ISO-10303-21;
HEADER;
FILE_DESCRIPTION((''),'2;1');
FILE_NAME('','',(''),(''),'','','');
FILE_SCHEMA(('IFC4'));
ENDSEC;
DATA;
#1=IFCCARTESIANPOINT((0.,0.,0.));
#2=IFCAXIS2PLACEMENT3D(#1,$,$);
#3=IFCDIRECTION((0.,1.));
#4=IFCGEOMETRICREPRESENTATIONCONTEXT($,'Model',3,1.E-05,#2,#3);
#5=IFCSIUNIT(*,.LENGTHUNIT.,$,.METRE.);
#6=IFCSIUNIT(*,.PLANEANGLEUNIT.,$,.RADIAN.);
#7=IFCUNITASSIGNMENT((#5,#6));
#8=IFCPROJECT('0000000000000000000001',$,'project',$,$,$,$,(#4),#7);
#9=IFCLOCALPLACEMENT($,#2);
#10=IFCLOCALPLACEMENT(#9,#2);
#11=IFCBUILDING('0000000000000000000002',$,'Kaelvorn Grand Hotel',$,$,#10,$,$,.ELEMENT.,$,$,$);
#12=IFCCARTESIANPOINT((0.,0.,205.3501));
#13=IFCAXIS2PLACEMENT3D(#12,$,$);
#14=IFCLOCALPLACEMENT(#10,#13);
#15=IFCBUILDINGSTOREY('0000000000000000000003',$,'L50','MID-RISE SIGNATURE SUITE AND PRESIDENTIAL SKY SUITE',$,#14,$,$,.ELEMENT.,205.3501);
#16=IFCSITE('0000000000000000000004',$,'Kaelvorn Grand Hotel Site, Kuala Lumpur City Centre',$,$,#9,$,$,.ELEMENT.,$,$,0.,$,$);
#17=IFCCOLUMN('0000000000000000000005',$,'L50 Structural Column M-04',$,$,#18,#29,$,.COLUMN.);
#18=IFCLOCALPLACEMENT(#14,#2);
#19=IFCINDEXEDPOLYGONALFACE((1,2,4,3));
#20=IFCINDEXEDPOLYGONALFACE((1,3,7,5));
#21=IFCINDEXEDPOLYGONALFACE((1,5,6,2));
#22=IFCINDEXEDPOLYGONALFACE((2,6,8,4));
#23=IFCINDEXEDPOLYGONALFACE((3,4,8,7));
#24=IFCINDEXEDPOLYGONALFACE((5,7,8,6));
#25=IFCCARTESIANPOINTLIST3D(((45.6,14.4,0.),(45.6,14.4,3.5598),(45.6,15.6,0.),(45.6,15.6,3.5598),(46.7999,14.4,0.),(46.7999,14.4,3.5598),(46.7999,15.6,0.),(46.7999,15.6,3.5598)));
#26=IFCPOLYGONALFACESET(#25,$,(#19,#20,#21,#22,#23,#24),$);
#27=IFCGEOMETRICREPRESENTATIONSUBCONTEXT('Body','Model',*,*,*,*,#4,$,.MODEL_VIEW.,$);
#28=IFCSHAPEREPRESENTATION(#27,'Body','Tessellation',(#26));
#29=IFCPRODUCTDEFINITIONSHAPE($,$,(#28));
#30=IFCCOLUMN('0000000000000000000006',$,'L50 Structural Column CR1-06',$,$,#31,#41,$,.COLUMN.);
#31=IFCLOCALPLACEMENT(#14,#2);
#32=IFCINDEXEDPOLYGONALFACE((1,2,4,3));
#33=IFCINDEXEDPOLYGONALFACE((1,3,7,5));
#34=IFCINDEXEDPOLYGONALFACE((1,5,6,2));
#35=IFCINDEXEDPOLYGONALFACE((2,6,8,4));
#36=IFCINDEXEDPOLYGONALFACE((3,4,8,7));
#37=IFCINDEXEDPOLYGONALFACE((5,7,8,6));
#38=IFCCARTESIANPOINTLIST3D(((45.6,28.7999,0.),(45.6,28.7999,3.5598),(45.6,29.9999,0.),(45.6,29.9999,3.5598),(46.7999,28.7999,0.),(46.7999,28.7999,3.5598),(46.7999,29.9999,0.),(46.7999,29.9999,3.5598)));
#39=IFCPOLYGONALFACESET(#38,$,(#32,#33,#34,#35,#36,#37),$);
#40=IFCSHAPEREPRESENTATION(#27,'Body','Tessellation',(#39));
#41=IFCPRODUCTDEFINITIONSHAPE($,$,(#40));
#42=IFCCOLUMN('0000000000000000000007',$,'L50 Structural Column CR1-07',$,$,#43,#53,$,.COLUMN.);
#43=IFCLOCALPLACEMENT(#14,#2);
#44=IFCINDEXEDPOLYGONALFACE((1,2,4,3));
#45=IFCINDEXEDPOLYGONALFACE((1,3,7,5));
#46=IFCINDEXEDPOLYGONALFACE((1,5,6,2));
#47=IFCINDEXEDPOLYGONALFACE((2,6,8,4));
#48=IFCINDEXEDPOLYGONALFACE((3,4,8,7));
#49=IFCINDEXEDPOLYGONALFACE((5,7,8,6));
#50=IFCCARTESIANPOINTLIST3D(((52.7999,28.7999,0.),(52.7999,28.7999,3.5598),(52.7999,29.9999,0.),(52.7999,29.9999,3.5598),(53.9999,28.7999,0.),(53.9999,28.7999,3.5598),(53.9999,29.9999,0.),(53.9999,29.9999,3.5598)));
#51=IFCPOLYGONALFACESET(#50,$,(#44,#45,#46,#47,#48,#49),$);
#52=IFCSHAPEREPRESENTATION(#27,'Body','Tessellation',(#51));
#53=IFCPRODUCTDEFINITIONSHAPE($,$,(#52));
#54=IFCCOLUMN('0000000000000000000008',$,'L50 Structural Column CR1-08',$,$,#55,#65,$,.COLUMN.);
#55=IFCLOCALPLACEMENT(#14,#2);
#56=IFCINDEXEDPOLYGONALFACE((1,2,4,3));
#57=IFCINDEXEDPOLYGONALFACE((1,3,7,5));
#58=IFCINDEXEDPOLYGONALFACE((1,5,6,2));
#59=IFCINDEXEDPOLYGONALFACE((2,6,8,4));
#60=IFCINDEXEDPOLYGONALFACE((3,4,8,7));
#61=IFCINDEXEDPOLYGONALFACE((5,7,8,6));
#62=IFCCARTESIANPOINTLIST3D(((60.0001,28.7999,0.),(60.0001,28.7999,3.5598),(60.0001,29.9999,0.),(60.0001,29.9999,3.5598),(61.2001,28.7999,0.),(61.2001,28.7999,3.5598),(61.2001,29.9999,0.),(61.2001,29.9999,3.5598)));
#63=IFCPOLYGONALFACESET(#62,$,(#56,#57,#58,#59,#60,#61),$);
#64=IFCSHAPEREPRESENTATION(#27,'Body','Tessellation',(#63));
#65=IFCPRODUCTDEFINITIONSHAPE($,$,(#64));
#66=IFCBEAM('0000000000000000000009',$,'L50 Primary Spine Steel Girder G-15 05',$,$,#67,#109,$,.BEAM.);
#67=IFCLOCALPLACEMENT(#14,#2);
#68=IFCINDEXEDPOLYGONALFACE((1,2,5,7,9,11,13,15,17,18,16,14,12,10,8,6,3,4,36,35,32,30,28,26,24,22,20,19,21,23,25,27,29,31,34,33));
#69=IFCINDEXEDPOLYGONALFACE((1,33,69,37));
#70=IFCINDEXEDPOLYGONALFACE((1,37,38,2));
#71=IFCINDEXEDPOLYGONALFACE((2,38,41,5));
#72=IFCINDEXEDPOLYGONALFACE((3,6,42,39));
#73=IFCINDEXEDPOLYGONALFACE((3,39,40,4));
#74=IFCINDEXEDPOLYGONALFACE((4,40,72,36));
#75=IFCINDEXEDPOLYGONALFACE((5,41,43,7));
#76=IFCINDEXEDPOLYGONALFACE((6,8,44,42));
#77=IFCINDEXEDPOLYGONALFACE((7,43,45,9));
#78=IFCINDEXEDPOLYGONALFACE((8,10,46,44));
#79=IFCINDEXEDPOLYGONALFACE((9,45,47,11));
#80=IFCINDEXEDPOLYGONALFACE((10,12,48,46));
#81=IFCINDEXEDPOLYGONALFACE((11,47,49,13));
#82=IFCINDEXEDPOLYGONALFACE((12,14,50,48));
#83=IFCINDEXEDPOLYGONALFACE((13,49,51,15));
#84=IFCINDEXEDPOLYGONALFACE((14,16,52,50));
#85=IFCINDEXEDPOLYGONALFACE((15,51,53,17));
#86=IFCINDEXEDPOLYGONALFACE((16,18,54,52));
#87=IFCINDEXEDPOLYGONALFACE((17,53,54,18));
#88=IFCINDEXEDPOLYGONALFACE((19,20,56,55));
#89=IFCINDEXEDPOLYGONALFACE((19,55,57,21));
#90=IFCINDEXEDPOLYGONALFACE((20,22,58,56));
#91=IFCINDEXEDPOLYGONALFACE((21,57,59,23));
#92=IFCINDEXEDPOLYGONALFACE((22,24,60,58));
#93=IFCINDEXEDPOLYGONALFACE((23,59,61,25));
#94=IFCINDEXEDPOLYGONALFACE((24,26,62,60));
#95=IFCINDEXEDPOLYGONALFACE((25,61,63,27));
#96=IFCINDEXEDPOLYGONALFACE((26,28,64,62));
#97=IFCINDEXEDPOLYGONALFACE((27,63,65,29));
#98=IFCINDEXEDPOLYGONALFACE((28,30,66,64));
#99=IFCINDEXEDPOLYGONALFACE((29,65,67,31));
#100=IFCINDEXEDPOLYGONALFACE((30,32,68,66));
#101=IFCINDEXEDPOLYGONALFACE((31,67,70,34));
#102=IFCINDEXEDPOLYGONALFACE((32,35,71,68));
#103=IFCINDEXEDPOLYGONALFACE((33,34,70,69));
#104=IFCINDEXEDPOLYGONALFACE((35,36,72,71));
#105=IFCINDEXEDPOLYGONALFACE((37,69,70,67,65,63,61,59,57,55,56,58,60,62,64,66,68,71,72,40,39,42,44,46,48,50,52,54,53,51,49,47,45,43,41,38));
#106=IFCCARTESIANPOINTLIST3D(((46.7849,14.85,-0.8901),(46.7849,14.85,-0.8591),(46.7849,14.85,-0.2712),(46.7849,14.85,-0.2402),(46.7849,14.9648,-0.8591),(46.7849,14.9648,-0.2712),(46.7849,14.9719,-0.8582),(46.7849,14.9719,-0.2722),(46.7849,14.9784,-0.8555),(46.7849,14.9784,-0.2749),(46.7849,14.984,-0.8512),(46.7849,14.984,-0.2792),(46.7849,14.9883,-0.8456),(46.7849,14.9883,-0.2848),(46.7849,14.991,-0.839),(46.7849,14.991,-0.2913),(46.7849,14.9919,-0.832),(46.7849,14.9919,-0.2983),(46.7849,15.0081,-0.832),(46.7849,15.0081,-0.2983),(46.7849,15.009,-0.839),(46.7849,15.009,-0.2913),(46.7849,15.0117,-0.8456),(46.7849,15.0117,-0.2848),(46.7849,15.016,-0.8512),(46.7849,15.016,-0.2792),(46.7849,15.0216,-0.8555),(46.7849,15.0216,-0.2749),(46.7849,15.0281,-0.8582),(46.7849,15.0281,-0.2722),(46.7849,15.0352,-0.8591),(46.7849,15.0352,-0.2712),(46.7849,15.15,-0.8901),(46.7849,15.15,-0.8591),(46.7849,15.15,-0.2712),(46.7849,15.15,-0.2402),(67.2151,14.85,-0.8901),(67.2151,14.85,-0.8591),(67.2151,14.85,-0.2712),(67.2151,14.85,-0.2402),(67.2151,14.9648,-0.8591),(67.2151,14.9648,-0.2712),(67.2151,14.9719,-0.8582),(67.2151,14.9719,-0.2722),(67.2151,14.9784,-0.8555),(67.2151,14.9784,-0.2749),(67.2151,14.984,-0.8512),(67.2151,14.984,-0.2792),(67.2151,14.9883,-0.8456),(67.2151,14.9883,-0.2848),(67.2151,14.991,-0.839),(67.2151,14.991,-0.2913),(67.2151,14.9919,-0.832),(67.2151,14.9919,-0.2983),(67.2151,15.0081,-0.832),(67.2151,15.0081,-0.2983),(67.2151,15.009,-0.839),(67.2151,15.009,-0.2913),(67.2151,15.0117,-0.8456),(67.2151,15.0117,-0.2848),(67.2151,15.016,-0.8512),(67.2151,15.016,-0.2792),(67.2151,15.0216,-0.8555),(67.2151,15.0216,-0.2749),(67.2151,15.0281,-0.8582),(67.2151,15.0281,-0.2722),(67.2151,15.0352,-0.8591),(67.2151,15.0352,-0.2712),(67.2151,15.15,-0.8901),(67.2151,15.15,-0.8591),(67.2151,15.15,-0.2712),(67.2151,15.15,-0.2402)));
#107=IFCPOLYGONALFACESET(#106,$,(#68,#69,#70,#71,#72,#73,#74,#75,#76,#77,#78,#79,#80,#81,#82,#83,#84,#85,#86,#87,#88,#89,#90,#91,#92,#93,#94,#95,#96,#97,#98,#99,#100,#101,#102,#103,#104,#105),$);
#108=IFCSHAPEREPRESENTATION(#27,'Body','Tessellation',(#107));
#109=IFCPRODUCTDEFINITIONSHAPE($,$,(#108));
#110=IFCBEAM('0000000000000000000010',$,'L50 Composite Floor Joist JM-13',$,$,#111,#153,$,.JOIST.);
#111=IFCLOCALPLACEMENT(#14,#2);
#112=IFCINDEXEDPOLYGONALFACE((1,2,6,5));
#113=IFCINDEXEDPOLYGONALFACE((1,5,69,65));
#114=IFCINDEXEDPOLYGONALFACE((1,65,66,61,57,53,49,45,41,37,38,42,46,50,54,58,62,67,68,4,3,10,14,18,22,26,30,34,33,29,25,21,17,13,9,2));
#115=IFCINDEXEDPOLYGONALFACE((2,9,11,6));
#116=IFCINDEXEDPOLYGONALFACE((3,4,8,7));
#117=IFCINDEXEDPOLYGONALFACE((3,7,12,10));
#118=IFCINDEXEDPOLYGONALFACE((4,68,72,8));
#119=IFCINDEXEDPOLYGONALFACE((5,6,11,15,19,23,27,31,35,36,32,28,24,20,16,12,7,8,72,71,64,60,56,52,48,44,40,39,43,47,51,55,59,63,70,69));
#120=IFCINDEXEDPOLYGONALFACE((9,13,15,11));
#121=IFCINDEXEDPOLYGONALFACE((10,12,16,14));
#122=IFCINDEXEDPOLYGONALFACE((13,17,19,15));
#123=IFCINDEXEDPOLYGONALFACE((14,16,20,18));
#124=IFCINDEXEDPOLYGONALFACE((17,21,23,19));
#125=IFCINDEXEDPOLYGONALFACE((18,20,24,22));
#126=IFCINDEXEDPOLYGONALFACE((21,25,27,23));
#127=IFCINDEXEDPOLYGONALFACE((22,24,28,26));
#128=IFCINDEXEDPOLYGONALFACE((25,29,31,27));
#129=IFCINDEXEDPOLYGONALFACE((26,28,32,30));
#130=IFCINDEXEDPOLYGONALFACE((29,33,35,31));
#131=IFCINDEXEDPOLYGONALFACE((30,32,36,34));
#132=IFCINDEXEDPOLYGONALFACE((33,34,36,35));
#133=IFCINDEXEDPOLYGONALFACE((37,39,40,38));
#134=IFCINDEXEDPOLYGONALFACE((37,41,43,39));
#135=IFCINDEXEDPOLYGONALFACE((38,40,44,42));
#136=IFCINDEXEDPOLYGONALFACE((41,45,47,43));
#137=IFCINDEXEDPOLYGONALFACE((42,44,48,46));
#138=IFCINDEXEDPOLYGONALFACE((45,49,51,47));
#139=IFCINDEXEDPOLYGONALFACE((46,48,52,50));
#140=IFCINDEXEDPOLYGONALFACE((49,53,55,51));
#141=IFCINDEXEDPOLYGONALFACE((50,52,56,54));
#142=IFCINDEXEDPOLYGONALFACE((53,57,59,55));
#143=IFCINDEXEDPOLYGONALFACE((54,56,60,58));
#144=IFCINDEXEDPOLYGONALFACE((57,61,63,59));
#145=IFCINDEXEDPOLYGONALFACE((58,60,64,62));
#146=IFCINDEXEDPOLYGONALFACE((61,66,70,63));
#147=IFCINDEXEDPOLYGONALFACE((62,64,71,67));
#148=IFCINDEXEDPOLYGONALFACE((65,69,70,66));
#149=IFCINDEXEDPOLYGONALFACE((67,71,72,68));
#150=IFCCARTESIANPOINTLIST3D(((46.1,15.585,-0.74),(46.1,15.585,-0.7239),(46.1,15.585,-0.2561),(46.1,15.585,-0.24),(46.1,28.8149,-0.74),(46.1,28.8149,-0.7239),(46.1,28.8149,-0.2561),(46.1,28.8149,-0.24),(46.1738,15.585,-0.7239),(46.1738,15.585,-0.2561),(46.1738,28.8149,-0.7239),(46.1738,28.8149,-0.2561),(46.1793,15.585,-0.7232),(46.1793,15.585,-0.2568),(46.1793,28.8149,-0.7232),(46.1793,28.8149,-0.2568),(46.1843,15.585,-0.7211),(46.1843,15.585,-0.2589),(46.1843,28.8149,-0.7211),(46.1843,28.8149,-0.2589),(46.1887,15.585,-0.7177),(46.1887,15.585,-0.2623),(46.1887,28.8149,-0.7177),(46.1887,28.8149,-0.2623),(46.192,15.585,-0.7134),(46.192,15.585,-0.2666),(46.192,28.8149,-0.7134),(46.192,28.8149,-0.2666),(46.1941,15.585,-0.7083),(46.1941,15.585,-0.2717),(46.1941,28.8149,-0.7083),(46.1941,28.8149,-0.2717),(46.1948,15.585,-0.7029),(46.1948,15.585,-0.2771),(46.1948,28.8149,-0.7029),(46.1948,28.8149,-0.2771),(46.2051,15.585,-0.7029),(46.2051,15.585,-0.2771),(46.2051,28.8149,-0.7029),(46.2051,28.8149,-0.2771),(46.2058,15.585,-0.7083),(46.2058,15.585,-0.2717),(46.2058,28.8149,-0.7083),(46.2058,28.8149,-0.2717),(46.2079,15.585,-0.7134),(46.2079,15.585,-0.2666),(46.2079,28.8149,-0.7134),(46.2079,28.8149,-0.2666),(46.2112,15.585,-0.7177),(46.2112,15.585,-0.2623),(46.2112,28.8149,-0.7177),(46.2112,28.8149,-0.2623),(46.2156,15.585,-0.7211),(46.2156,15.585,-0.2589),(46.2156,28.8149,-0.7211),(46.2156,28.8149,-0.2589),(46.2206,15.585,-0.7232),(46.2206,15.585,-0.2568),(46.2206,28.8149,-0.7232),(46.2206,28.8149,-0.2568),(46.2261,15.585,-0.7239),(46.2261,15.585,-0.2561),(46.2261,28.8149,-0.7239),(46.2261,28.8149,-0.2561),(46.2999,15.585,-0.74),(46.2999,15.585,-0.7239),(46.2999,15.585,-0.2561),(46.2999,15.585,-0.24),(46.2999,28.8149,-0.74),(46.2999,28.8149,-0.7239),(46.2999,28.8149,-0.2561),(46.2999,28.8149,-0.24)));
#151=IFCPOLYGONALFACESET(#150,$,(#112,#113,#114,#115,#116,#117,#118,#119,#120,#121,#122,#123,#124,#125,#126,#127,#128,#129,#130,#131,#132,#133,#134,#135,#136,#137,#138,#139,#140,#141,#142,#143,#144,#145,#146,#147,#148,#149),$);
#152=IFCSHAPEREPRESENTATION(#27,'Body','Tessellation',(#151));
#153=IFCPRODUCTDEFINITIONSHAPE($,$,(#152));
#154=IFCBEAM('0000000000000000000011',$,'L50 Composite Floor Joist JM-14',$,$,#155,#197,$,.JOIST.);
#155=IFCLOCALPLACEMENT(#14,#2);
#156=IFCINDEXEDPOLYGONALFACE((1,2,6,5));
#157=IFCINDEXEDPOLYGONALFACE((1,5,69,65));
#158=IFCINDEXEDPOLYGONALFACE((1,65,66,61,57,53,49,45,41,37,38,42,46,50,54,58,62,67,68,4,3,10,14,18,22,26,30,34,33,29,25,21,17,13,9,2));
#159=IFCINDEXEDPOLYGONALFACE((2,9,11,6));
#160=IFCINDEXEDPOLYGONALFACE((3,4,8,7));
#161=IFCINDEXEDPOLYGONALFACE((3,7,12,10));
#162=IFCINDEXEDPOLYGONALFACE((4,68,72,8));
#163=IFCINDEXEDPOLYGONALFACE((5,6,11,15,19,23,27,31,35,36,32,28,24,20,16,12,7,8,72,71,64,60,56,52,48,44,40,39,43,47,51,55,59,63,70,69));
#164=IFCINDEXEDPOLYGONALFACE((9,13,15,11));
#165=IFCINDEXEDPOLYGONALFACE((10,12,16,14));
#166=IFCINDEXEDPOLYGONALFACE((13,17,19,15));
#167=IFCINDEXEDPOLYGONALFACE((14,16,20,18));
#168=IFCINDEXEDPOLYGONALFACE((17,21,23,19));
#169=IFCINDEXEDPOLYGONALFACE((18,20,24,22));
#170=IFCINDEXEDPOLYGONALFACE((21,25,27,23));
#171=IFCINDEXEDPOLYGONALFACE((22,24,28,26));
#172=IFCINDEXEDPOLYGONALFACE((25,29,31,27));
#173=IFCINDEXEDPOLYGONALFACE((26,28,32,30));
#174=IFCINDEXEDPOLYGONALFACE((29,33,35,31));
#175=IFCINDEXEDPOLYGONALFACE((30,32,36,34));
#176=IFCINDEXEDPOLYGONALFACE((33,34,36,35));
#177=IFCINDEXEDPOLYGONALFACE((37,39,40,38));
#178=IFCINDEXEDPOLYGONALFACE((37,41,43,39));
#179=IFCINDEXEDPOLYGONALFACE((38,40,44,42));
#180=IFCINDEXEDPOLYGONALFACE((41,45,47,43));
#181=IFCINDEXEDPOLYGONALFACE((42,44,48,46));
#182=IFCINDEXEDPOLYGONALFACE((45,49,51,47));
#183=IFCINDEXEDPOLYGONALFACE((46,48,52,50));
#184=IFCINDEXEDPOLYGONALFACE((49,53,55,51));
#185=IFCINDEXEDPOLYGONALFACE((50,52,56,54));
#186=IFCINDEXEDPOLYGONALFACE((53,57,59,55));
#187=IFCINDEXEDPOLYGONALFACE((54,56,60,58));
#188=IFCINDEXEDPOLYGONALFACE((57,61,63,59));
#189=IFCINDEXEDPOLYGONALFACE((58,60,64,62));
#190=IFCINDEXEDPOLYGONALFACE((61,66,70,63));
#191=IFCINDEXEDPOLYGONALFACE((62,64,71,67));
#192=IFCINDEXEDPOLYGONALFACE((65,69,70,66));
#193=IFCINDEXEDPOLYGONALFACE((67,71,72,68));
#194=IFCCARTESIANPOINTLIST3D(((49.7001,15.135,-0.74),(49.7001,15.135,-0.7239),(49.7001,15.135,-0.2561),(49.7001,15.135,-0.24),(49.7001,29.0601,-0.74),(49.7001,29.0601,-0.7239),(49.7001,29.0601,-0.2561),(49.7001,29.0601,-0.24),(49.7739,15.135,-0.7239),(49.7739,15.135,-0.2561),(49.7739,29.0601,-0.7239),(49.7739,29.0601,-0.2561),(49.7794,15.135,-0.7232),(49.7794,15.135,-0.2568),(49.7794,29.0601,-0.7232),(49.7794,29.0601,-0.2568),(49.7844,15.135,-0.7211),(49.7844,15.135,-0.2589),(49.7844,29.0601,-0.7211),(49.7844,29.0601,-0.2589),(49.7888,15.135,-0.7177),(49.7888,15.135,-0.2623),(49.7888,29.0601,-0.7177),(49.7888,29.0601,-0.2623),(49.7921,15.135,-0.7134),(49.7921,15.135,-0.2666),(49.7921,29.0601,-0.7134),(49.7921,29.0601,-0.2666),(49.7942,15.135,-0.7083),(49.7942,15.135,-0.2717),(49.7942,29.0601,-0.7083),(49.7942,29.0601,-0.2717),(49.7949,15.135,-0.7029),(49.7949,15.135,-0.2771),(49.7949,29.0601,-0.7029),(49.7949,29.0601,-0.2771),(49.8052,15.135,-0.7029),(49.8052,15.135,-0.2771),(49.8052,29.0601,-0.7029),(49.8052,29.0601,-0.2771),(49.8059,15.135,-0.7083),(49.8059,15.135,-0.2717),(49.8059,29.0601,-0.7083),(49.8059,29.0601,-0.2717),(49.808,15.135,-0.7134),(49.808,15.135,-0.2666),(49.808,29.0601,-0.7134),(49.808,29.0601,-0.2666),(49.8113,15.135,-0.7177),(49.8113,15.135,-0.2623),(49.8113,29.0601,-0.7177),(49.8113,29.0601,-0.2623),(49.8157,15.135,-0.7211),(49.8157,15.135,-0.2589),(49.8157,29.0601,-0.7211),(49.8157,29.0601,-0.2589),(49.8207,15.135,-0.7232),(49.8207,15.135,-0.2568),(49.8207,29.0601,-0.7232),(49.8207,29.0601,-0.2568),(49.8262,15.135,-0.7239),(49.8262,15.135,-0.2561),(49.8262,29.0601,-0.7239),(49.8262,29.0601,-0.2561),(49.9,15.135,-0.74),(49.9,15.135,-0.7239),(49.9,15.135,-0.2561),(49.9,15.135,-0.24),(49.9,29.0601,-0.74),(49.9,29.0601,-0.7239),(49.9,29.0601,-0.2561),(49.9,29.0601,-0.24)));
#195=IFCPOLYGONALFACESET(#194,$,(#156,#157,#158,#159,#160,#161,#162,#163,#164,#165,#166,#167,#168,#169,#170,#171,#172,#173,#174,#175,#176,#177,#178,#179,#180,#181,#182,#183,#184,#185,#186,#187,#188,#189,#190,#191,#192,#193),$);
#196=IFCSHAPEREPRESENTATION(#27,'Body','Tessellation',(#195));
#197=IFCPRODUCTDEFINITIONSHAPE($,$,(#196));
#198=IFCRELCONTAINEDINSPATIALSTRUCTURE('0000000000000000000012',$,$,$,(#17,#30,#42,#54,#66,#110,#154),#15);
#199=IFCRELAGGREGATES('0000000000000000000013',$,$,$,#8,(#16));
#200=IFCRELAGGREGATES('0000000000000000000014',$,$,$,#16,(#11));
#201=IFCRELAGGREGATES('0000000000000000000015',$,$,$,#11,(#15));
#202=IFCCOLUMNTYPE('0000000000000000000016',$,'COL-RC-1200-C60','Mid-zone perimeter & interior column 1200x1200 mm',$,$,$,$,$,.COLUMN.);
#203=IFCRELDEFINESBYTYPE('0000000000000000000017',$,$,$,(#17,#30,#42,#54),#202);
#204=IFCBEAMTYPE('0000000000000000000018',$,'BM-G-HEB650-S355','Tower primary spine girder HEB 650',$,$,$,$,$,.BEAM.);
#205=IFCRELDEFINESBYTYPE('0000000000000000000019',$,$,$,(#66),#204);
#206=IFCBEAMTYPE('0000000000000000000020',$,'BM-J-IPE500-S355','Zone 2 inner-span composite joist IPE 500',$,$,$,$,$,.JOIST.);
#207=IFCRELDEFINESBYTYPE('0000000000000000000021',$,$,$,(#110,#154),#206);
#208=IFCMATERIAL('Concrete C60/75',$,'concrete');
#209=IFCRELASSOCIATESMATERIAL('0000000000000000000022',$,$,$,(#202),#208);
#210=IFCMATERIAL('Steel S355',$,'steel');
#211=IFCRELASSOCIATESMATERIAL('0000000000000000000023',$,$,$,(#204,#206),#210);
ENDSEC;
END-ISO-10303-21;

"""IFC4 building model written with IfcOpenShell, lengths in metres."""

from ifc_helpers import new_model, si_unit, direction, frame, origin, origin_2d, place, context, subcontext, project, spatial, rectangle, i_section, extrude, material, material_profile, profile_set, type_object, element, save


model = new_model("IFC4")

# Units and contexts
model_context = context("Model", 3, precision=1e-05, world=origin(), true_north=direction((0.0, 1.0)))
body_context = subcontext(model_context, "Body", "Model", "MODEL_VIEW")
ifc_project = project(units=[si_unit("LENGTHUNIT", "METRE"), si_unit("PLANEANGLEUNIT", "RADIAN")], contexts=[model_context])

# Site, building, storey
site_placement = place(None, origin())
site = spatial("IfcSite", under=ifc_project, at=site_placement, Name="Kaelvorn Grand Hotel Site, Kuala Lumpur City Centre", CompositionType="ELEMENT", RefElevation=0.0)
building_placement = place(site_placement, origin())
building = spatial("IfcBuilding", under=site, at=building_placement, Name="Kaelvorn Grand Hotel", CompositionType="ELEMENT")
storey_placement = place(building_placement, frame((0.0, 0.0, 205.3501)))
storey = spatial("IfcBuildingStorey", under=building, at=storey_placement, Name="L50", Description="MID-RISE SIGNATURE SUITE AND PRESIDENTIAL SKY SUITE", CompositionType="ELEMENT", Elevation=205.3501)

# Columns
ifc_material_1 = material(Name="Concrete C60/75", Category="concrete")
ifc_material_profile_1 = material_profile(ifc_material_1, rectangle(XDim=1.2, YDim=1.2, at=origin_2d()), Name="RC COL 1200x1200")
ifc_profile_set_1 = profile_set([ifc_material_profile_1], Name="Concrete C60/75")
column_type = type_object("IfcColumnType", Name="COL-RC-1200-C60", Description="Mid-zone perimeter & interior column 1200x1200 mm", PredefinedType="COLUMN", material=ifc_profile_set_1)
for number, where, z_axis, x_axis, name in (
    (1, (46.2, 15.0, 0.0), (0.0, 0.0, 1.0), (1.0, 0.0, 0.0), "L50 Structural Column M-04"),
    (2, (46.2, 29.3999, 0.0), (0.0, 0.0, 1.0), (1.0, 0.0, 0.0), "L50 Structural Column CR1-06"),
    (3, (53.3999, 29.3999, 0.0), (0.0, 0.0, 1.0), (1.0, 0.0, 0.0), "L50 Structural Column CR1-07"),
    (4, (60.6001, 29.3999, 0.0), (0.0, 0.0, 1.0), (1.0, 0.0, 0.0), "L50 Structural Column CR1-08"),
):
    element("IfcColumn", number, at=place(storey_placement, frame(where, z_axis=z_axis, x_axis=x_axis)), inside=storey, type_object=column_type, Name=name, PredefinedType="COLUMN", context=body_context, shape_type="SweptSolid", body=[
        extrude(rectangle(XDim=1.2, YDim=1.2, at=origin_2d()), origin(), (0.0, 0.0, 1.0), 3.5598),
    ])

# Beams
ifc_material_2 = material(Name="Steel S355", Category="steel")
ifc_material_profile_2 = material_profile(ifc_material_2, i_section(OverallWidth=0.3, OverallDepth=0.6499, WebThickness=0.0161, FlangeThickness=0.031, FilletRadius=0.0271, at=origin_2d()), Name="HEB 650")
ifc_profile_set_2 = profile_set([ifc_material_profile_2], Name="Steel S355")
beam_type_1 = type_object("IfcBeamType", Name="BM-G-HEB650-S355", Description="Tower primary spine girder HEB 650", PredefinedType="BEAM", material=ifc_profile_set_2)
beam_1_placement = place(storey_placement, frame((46.7849, 15.0, -0.5652), z_axis=(1.0, 0.0, 0.0), x_axis=(0.0, 1.0, 0.0)))
element("IfcBeam", 5, at=beam_1_placement, inside=storey, type_object=beam_type_1, Name="L50 Primary Spine Steel Girder G-15 05", PredefinedType="BEAM", context=body_context, shape_type="SweptSolid", body=[
    extrude(i_section(OverallWidth=0.3, OverallDepth=0.6499, WebThickness=0.0161, FlangeThickness=0.031, FilletRadius=0.0271, at=origin_2d()), origin(), (0.0, 0.0, 1.0), 20.4302),
])
ifc_material_profile_3 = material_profile(ifc_material_2, i_section(OverallWidth=0.2, OverallDepth=0.5, WebThickness=0.0103, FlangeThickness=0.0161, FilletRadius=0.021, at=origin_2d()), Name="IPE 500")
ifc_profile_set_3 = profile_set([ifc_material_profile_3], Name="Steel S355")
beam_type_2 = type_object("IfcBeamType", Name="BM-J-IPE500-S355", Description="Zone 2 inner-span composite joist IPE 500", PredefinedType="JOIST", material=ifc_profile_set_3)
beam_2_placement = place(storey_placement, frame((46.2, 15.585, -0.49), z_axis=(0.0, 1.0, 0.0), x_axis=(-1.0, 0.0, 0.0)))
element("IfcBeam", 6, at=beam_2_placement, inside=storey, type_object=beam_type_2, Name="L50 Composite Floor Joist JM-13", PredefinedType="JOIST", context=body_context, shape_type="SweptSolid", body=[
    extrude(i_section(OverallWidth=0.2, OverallDepth=0.5, WebThickness=0.0103, FlangeThickness=0.0161, FilletRadius=0.021, at=origin_2d()), origin(), (0.0, 0.0, 1.0), 13.23),
])
beam_3_placement = place(storey_placement, frame((49.8, 15.135, -0.49), z_axis=(0.0, 1.0, 0.0), x_axis=(-1.0, 0.0, 0.0)))
element("IfcBeam", 7, at=beam_3_placement, inside=storey, type_object=beam_type_2, Name="L50 Composite Floor Joist JM-14", PredefinedType="JOIST", context=body_context, shape_type="SweptSolid", body=[
    extrude(i_section(OverallWidth=0.2, OverallDepth=0.5, WebThickness=0.0103, FlangeThickness=0.0161, FilletRadius=0.021, at=origin_2d()), origin(), (0.0, 0.0, 1.0), 13.925),
])

save(model, "model.ifc")
